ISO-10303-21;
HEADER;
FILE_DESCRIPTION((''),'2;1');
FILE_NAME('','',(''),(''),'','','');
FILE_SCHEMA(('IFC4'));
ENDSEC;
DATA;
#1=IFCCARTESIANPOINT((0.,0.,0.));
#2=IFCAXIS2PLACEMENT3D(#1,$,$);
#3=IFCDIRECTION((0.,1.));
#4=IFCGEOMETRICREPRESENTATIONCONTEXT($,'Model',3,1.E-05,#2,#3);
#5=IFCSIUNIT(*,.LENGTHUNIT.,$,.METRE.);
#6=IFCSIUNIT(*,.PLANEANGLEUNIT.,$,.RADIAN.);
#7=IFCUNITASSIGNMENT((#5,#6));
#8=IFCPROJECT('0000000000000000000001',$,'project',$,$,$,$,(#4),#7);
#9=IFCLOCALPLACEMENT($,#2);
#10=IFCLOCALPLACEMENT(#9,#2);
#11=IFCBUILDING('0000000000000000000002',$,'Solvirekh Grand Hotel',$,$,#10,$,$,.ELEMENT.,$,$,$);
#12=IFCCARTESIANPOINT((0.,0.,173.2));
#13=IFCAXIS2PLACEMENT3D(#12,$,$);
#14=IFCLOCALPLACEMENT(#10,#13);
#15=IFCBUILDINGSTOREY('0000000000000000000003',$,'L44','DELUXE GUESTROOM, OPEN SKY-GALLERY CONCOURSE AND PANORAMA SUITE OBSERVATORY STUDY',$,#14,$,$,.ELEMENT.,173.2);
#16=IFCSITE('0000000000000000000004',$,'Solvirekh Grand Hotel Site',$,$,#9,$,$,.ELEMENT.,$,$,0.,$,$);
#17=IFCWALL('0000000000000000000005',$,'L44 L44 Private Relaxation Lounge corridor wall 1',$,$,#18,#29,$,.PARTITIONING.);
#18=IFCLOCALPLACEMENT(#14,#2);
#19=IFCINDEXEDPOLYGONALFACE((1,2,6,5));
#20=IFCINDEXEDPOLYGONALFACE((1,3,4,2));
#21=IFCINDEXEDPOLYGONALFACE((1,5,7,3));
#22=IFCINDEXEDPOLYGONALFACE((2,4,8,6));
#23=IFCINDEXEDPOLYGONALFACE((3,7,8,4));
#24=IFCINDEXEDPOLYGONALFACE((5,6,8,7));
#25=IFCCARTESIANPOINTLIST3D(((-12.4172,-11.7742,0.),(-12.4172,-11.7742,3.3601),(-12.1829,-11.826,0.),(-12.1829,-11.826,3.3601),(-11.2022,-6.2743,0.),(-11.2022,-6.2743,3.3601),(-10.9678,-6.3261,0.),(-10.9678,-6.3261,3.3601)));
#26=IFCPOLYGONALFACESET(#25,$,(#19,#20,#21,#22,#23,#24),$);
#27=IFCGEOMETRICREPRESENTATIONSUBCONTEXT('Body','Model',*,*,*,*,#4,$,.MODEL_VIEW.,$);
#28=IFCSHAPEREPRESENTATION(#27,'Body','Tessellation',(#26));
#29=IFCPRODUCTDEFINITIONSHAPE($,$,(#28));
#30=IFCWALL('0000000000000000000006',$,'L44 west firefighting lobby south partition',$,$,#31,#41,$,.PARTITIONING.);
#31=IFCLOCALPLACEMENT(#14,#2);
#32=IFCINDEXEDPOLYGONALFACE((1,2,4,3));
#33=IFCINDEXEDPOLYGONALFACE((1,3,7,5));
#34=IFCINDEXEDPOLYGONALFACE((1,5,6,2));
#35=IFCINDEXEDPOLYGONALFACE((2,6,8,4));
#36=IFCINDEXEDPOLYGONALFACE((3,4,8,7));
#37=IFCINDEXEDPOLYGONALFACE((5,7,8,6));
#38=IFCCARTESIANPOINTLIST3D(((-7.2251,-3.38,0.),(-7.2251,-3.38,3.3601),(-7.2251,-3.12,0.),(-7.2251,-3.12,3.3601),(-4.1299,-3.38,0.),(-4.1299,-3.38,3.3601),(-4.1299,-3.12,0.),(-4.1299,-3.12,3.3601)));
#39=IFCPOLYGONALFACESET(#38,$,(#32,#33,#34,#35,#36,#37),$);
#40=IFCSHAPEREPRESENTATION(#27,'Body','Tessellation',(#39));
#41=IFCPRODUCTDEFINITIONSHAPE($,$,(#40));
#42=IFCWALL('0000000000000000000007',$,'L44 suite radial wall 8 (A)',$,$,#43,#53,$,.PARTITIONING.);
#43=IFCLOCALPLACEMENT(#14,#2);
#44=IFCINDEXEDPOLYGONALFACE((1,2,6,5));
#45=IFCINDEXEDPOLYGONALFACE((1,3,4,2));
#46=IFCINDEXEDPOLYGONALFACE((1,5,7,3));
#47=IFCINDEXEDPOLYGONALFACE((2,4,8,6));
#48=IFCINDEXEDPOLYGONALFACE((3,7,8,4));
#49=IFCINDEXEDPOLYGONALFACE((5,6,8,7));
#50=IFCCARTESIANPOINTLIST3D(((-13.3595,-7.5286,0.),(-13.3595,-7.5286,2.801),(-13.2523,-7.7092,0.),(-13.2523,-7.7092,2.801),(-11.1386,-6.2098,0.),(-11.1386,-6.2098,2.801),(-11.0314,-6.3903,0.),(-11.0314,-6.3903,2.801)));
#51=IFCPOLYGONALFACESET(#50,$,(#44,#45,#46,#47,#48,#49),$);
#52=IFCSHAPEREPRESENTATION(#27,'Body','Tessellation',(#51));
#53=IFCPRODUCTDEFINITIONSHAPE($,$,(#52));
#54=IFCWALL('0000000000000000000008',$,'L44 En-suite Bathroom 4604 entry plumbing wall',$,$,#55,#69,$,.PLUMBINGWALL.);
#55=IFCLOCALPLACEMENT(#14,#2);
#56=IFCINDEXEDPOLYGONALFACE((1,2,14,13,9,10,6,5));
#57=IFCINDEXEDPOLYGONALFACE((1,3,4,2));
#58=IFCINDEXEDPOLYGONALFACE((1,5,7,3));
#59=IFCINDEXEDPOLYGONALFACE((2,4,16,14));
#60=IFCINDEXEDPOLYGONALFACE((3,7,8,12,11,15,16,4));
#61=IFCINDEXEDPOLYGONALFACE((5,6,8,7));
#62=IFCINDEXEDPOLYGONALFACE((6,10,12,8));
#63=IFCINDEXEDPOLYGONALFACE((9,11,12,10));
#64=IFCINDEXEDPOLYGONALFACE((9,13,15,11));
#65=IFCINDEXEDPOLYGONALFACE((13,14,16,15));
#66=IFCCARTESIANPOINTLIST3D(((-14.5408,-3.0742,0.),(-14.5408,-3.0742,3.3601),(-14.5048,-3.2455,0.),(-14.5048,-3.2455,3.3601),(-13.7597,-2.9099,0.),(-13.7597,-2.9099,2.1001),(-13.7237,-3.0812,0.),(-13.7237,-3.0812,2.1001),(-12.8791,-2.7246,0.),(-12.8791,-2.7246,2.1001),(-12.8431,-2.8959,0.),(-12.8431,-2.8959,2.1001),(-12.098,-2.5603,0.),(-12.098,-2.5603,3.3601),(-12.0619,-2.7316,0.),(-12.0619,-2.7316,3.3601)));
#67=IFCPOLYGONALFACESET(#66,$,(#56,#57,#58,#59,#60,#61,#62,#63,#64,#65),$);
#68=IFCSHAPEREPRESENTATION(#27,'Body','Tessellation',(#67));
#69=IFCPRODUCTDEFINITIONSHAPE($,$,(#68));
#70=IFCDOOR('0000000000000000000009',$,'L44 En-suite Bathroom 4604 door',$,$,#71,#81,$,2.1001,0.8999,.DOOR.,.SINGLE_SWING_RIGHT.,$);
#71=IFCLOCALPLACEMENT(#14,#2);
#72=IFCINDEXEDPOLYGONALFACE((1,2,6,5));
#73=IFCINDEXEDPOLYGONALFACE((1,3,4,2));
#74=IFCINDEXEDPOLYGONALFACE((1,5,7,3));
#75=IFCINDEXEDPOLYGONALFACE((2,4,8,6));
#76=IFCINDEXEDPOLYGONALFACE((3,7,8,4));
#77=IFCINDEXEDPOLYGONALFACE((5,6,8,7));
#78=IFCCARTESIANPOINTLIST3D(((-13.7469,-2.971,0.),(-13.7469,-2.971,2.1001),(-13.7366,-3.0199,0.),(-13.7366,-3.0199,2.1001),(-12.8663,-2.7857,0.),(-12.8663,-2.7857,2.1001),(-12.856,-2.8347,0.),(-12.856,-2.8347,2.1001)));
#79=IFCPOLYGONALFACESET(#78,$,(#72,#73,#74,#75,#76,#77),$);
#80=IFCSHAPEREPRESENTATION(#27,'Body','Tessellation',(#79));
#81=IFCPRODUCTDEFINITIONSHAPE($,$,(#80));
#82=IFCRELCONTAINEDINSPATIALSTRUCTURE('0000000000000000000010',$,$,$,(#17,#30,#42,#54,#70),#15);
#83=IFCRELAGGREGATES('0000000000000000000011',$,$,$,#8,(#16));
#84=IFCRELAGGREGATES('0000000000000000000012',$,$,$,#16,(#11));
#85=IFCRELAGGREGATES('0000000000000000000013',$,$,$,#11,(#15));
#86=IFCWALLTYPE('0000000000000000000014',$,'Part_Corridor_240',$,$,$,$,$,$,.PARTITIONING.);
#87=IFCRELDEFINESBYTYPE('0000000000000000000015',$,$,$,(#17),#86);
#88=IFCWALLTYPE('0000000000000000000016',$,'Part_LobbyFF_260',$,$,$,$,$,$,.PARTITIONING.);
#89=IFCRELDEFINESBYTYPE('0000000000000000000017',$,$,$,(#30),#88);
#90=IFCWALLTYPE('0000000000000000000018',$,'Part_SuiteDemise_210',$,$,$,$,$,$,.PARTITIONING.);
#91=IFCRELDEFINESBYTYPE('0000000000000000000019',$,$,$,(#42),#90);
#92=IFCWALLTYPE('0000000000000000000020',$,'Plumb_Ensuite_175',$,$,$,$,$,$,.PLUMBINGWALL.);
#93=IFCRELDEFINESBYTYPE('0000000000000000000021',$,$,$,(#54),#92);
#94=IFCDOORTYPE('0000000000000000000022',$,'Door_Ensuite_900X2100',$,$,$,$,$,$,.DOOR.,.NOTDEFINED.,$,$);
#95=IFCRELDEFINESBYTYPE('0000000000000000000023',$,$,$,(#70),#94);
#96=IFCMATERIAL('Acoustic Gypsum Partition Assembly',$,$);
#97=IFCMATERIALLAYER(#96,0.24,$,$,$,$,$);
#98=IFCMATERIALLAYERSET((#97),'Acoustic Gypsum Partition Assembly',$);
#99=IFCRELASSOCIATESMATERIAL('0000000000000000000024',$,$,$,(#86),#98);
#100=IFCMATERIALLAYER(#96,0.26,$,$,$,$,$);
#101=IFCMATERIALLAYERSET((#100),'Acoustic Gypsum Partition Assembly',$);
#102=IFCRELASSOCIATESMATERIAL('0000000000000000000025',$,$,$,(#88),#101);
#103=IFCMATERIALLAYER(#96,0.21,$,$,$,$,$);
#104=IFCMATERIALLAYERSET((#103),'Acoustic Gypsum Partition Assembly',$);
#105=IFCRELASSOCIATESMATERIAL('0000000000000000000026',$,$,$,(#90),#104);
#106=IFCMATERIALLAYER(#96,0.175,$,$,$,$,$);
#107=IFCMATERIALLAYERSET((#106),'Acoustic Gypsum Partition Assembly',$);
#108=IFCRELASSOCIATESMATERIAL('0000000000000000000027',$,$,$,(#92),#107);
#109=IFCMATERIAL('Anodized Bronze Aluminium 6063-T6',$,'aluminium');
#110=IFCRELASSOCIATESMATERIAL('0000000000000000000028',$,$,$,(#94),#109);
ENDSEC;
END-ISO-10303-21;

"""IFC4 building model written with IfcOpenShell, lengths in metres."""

from ifc_helpers import new_model, si_unit, direction, frame, frame_2d, origin, place, context, subcontext, project, spatial, rectangle, extrude, material, layer, layer_set, type_object, element, fill, save


model = new_model("IFC4")

# Units and contexts
model_context = context("Model", 3, precision=1e-05, world=origin(), true_north=direction((0.0, 1.0)))
body_context = subcontext(model_context, "Body", "Model", "MODEL_VIEW")
ifc_project = project(units=[si_unit("LENGTHUNIT", "METRE"), si_unit("PLANEANGLEUNIT", "RADIAN")], contexts=[model_context])

# Site, building, storey
site_placement = place(None, origin())
site = spatial("IfcSite", under=ifc_project, at=site_placement, Name="Solvirekh Grand Hotel Site", CompositionType="ELEMENT", RefElevation=0.0)
building_placement = place(site_placement, origin())
building = spatial("IfcBuilding", under=site, at=building_placement, Name="Solvirekh Grand Hotel", CompositionType="ELEMENT")
storey_placement = place(building_placement, frame((0.0, 0.0, 173.2)))
storey = spatial("IfcBuildingStorey", under=building, at=storey_placement, Name="L44", Description="DELUXE GUESTROOM, OPEN SKY-GALLERY CONCOURSE AND PANORAMA SUITE OBSERVATORY STUDY", CompositionType="ELEMENT", Elevation=173.2)

# Shared definitions
ifc_material_1 = material(Name="Anodized Bronze Aluminium 6063-T6", Category="aluminium")

# Shared definitions
ifc_material_2 = material(Name="Acoustic Gypsum Partition Assembly")
ifc_layer_1 = layer(ifc_material_2, 0.24)
ifc_layer_set_1 = layer_set([ifc_layer_1], Name="Acoustic Gypsum Partition Assembly")
wall_type_1 = type_object("IfcWallType", Name="Part_Corridor_240", PredefinedType="PARTITIONING", material=ifc_layer_set_1)

# Walls
wall_1_placement = place(storey_placement, frame((-11.085, -6.3, 0.0), z_axis=(0.0, 0.0, 1.0), x_axis=(-0.215723, -0.976455, 0.0)))
element("IfcWall", 1, at=wall_1_placement, inside=storey, type_object=wall_type_1, Name="L44 L44 Private Relaxation Lounge corridor wall 1", PredefinedType="PARTITIONING", context=body_context, shape_type="SweptSolid", body=[
    extrude(rectangle(XDim=5.6326, YDim=0.24, at=frame_2d((2.8164, 0.0))), origin(), (0.0, 0.0, 1.0), 3.3601),
])
ifc_layer_2 = layer(ifc_material_2, 0.26)
ifc_layer_set_2 = layer_set([ifc_layer_2], Name="Acoustic Gypsum Partition Assembly")
wall_type_2 = type_object("IfcWallType", Name="Part_LobbyFF_260", PredefinedType="PARTITIONING", material=ifc_layer_set_2)
wall_2_placement = place(storey_placement, frame((-7.2251, -3.25, 0.0), z_axis=(0.0, 0.0, 1.0), x_axis=(1.0, 0.0, 0.0)))
element("IfcWall", 2, at=wall_2_placement, inside=storey, type_object=wall_type_2, Name="L44 west firefighting lobby south partition", PredefinedType="PARTITIONING", context=body_context, shape_type="SweptSolid", body=[
    extrude(rectangle(XDim=3.0952, YDim=0.26, at=frame_2d((1.5476, 0.0))), origin(), (0.0, 0.0, 1.0), 3.3601),
])
ifc_layer_3 = layer(ifc_material_2, 0.21)
ifc_layer_set_3 = layer_set([ifc_layer_3], Name="Acoustic Gypsum Partition Assembly")
wall_type_3 = type_object("IfcWallType", Name="Part_SuiteDemise_210", PredefinedType="PARTITIONING", material=ifc_layer_set_3)
wall_3_placement = place(storey_placement, frame((-11.085, -6.3, 0.0), z_axis=(0.0, 0.0, 1.0), x_axis=(-0.859828, -0.510585, 0.0)))
element("IfcWall", 3, at=wall_3_placement, inside=storey, type_object=wall_type_3, Name="L44 suite radial wall 8 (A)", PredefinedType="PARTITIONING", context=body_context, shape_type="SweptSolid", body=[
    extrude(rectangle(XDim=2.583, YDim=0.21, at=frame_2d((1.2915, 0.0))), origin(), (0.0, 0.0, 1.0), 2.801),
])

# Wall, opening, door
ifc_layer_4 = layer(ifc_material_2, 0.175)
ifc_layer_set_4 = layer_set([ifc_layer_4], Name="Acoustic Gypsum Partition Assembly")
wall_type_4 = type_object("IfcWallType", Name="Plumb_Ensuite_175", PredefinedType="PLUMBINGWALL", material=ifc_layer_set_4)
wall_4_placement = place(storey_placement, frame((-12.0801, -2.646, 0.0), z_axis=(0.0, 0.0, 1.0), x_axis=(-0.97858, -0.205868, 0.0)))
wall_4 = element("IfcWall", 4, at=wall_4_placement, inside=storey, type_object=wall_type_4, Name="L44 En-suite Bathroom 4604 entry plumbing wall", PredefinedType="PLUMBINGWALL", context=body_context, shape_type="SweptSolid", body=[
    extrude(rectangle(XDim=2.4963, YDim=0.175, at=frame_2d((1.248, 0.0))), origin(), (0.0, 0.0, 1.0), 3.3601),
])
opening_1_placement = place(wall_4_placement, frame((0.7981, 0.0, 0.0)))
opening_1 = element("IfcOpeningElement", 5, at=opening_1_placement, cuts=wall_4, PredefinedType="OPENING", context=body_context, shape_type="SweptSolid", body=[
    extrude(rectangle(XDim=0.8999, YDim=2.1001, at=frame_2d((0.45, 1.05))), frame((0.0, 0.0977, 0.0), z_axis=(0.0, -1.0, 0.0), x_axis=(1.0, 0.0, 0.0)), (0.0, 0.0, 1.0), 0.1951),
])
door_type_1 = type_object("IfcDoorType", Name="Door_Ensuite_900X2100", OperationType="NOTDEFINED", PredefinedType="DOOR", material=ifc_material_1)
door_1_placement = place(opening_1_placement, origin())
door_1 = element("IfcDoor", 6, at=door_1_placement, inside=storey, type_object=door_type_1, Name="L44 En-suite Bathroom 4604 door", OperationType="SINGLE_SWING_RIGHT", OverallHeight=2.1001, OverallWidth=0.8999, PredefinedType="DOOR", context=body_context, shape_type="SweptSolid", body=[
    extrude(rectangle(XDim=0.8999, YDim=2.1001, at=frame_2d((0.45, 1.05))), frame((0.0, 0.0249, 0.0), z_axis=(0.0, -1.0, 0.0), x_axis=(1.0, 0.0, 0.0)), (0.0, 0.0, 1.0), 0.05),
])
fill(opening_1, door_1)

save(model, "model.ifc")
